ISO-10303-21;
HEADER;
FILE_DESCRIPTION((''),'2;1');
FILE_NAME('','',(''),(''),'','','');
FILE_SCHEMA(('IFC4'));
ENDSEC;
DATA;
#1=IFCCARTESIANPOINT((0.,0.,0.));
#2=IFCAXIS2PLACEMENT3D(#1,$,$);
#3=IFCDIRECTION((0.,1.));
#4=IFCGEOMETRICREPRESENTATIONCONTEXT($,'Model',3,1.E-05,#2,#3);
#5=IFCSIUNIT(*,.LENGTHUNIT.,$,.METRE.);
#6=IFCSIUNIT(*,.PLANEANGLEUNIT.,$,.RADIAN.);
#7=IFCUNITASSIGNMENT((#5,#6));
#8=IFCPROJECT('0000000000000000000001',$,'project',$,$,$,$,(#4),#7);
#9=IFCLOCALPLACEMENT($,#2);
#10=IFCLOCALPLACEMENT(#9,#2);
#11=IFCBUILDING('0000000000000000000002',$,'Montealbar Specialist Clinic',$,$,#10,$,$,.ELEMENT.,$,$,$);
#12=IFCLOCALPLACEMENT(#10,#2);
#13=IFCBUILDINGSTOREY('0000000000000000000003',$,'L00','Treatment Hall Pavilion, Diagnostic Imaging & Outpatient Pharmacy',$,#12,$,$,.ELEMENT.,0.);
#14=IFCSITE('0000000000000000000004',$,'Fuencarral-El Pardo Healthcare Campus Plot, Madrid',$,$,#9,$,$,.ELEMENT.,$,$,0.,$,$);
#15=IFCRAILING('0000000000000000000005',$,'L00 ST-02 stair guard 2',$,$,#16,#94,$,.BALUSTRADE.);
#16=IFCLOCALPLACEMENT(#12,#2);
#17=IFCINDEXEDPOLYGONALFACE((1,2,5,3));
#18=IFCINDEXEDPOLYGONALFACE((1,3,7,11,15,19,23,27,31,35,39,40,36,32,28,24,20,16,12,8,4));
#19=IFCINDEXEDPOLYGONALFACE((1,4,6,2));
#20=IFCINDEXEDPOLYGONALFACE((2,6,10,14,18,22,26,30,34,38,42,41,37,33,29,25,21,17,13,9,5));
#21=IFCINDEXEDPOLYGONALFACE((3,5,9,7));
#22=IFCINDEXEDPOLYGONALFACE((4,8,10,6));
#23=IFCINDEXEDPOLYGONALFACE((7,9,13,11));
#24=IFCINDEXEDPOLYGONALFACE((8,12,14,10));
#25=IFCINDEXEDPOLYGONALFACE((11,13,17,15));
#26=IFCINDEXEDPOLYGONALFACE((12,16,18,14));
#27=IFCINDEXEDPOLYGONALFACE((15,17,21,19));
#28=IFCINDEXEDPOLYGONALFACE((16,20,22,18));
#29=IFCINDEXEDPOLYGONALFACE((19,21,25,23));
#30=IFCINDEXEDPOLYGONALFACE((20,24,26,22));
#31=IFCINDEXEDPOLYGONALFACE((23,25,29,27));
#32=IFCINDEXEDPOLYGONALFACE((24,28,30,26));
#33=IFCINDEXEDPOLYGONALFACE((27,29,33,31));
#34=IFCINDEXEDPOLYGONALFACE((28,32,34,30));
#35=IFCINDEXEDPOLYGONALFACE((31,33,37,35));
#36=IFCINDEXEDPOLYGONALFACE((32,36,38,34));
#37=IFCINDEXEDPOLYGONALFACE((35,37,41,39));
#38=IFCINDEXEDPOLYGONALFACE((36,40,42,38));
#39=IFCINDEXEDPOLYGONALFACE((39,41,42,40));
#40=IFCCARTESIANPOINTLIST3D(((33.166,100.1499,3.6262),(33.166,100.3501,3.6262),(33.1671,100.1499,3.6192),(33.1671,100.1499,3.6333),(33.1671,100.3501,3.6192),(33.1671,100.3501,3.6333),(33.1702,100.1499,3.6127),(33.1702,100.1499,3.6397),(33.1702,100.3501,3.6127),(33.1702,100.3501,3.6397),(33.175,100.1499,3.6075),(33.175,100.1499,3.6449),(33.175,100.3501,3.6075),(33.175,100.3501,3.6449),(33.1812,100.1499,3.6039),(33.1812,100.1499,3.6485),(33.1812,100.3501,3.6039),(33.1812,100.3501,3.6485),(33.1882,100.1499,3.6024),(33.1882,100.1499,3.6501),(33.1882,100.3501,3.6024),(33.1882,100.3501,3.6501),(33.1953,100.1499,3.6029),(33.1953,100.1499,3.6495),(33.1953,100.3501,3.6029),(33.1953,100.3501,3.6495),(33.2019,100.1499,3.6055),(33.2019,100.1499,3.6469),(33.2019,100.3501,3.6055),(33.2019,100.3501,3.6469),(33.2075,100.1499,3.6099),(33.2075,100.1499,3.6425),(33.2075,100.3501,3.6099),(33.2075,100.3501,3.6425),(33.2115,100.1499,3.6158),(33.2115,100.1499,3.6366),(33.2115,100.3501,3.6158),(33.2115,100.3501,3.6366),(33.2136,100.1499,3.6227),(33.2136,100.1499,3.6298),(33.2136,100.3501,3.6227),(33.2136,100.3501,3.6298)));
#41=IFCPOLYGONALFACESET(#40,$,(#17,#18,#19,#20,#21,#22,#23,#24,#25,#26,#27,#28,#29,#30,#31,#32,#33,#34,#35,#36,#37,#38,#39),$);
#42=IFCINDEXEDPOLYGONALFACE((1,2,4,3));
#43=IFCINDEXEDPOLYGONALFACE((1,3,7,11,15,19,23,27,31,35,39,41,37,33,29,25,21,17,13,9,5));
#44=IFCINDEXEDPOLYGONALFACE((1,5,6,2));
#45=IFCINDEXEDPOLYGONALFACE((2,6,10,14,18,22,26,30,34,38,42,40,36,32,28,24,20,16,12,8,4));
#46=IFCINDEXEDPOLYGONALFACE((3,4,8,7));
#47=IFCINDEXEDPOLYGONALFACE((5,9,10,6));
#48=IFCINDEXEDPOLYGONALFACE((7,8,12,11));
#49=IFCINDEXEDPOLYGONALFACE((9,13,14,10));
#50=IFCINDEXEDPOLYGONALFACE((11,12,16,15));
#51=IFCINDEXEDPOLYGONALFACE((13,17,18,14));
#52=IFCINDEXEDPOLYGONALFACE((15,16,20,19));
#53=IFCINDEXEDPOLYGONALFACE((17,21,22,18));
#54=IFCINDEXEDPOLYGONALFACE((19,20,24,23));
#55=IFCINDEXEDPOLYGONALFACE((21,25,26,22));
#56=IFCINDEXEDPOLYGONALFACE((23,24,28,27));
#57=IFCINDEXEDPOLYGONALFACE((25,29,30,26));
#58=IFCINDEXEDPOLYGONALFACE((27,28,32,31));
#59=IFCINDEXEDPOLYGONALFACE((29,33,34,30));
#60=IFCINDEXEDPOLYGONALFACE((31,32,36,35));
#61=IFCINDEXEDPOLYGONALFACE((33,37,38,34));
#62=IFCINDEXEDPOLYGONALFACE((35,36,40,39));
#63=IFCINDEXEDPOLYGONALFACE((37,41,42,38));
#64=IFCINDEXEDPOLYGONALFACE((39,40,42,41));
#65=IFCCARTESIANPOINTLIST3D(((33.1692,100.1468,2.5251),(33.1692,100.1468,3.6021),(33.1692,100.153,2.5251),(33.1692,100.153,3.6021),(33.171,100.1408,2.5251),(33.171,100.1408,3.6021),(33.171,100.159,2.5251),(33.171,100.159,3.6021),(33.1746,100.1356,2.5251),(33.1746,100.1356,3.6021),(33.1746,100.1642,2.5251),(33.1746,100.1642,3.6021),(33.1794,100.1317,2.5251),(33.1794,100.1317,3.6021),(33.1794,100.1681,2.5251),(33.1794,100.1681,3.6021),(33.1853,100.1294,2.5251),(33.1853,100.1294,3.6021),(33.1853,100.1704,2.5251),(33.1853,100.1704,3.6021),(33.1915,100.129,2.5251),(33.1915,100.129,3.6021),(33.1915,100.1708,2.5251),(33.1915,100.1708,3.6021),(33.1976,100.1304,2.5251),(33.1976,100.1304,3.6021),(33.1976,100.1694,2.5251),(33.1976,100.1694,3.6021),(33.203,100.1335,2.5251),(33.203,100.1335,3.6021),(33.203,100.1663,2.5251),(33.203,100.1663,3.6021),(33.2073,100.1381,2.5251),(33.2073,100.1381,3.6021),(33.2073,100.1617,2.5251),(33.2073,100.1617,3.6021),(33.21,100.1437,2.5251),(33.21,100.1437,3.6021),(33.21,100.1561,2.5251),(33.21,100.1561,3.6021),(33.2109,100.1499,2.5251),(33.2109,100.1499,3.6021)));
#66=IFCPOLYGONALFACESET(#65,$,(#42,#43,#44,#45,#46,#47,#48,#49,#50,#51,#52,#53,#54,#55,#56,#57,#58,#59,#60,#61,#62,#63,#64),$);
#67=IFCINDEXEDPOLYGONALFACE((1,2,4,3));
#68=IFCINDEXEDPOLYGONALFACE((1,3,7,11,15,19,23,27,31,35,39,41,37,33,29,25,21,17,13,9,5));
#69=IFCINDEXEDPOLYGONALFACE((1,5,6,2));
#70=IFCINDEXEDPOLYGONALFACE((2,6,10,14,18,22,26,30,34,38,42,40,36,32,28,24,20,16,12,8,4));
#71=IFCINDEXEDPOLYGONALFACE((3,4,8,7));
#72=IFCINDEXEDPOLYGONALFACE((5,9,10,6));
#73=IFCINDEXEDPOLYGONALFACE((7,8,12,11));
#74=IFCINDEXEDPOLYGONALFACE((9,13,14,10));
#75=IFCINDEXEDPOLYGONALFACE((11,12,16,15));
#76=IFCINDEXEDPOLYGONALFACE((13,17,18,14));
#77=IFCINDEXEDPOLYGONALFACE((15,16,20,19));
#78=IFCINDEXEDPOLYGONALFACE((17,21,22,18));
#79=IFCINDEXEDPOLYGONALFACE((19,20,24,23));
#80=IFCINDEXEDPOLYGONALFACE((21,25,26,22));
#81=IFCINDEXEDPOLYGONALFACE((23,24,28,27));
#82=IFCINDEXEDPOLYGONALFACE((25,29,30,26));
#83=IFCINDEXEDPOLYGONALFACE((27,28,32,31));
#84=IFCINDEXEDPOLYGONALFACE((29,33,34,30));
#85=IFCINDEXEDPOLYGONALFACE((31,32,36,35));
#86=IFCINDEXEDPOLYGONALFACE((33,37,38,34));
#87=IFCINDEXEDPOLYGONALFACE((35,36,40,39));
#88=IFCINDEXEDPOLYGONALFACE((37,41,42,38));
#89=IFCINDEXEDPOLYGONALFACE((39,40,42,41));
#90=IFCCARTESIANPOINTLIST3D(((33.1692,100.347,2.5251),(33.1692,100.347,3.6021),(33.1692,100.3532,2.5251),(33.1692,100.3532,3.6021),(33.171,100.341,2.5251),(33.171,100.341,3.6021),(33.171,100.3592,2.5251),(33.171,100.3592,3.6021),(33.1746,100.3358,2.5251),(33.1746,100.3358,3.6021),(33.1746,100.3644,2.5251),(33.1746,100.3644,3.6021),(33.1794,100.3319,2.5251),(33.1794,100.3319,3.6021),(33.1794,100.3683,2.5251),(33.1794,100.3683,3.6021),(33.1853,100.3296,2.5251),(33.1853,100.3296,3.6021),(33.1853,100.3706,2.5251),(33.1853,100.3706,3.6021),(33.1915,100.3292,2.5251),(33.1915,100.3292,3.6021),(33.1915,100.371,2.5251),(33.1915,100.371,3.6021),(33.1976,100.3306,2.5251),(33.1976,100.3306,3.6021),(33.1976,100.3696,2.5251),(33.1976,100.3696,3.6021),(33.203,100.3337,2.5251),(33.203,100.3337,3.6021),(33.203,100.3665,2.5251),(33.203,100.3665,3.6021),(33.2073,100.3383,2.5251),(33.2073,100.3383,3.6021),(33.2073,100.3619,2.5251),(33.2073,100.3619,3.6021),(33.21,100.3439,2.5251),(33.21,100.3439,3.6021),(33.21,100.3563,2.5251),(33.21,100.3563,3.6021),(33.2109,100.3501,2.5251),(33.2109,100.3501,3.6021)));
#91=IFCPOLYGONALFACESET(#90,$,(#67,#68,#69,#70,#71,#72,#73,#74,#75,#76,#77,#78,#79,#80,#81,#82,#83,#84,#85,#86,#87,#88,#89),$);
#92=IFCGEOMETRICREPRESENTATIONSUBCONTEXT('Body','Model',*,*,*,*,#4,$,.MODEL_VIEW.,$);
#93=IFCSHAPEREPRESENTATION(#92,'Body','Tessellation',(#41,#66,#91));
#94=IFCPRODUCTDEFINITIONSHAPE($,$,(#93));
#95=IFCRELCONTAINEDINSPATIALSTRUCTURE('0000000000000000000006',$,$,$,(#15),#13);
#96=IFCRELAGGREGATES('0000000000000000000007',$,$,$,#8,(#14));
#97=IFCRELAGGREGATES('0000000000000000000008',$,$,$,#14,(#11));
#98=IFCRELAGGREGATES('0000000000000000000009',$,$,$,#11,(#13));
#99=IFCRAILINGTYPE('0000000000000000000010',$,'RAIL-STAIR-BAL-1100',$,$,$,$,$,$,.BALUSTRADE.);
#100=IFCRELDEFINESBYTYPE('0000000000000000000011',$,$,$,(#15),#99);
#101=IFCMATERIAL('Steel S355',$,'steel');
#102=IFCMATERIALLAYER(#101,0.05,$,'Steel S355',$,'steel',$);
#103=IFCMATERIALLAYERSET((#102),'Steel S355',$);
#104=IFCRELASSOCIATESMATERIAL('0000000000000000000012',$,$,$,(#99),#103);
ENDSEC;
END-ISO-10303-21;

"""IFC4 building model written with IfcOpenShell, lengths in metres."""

from ifc_helpers import new_model, si_unit, direction, frame, origin, origin_2d, place, context, subcontext, project, spatial, circle, extrude, material, layer, layer_set, type_object, element, save


model = new_model("IFC4")

# Units and contexts
model_context = context("Model", 3, precision=1e-05, world=origin(), true_north=direction((0.0, 1.0)))
body_context = subcontext(model_context, "Body", "Model", "MODEL_VIEW")
ifc_project = project(units=[si_unit("LENGTHUNIT", "METRE"), si_unit("PLANEANGLEUNIT", "RADIAN")], contexts=[model_context])

# Site, building, storey
site_placement = place(None, origin())
site = spatial("IfcSite", under=ifc_project, at=site_placement, Name="Fuencarral-El Pardo Healthcare Campus Plot, Madrid", CompositionType="ELEMENT", RefElevation=0.0)
building_placement = place(site_placement, origin())
building = spatial("IfcBuilding", under=site, at=building_placement, Name="Montealbar Specialist Clinic", CompositionType="ELEMENT")
storey_placement = place(building_placement, origin())
storey = spatial("IfcBuildingStorey", under=building, at=storey_placement, Name="L00", Description="Treatment Hall Pavilion, Diagnostic Imaging & Outpatient Pharmacy", CompositionType="ELEMENT", Elevation=0.0)

# Shared definitions
ifc_material_1 = material(Name="Steel S355", Category="steel")

# Railing
ifc_layer_1 = layer(ifc_material_1, 0.05, Name="Steel S355", Category="steel")
ifc_layer_set_1 = layer_set([ifc_layer_1], Name="Steel S355")
railing_type_1 = type_object("IfcRailingType", Name="RAIL-STAIR-BAL-1100", PredefinedType="BALUSTRADE", material=ifc_layer_set_1)
railing_1_placement = place(storey_placement, frame((33.1899, 100.1499, 2.55)))
element("IfcRailing", 1, at=railing_1_placement, inside=storey, type_object=railing_type_1, Name="L00 ST-02 stair guard 2", PredefinedType="BALUSTRADE", context=body_context, shape_type="SweptSolid", body=[
    extrude(circle(Radius=0.0239, at=origin_2d()), frame((0.0, 0.0, 1.0762), z_axis=(0.0, 1.0, 0.0), x_axis=(-1.0, 0.0, 0.0)), (0.0, 0.0, 1.0), 0.2002),
    extrude(circle(Radius=0.021, at=origin_2d()), frame((0.0, 0.0, -0.0249)), (0.0, 0.0, 1.0), 1.0769),
    extrude(circle(Radius=0.021, at=origin_2d()), frame((0.0, 0.2002, -0.0249)), (0.0, 0.0, 1.0), 1.0769),
])

save(model, "model.ifc")
